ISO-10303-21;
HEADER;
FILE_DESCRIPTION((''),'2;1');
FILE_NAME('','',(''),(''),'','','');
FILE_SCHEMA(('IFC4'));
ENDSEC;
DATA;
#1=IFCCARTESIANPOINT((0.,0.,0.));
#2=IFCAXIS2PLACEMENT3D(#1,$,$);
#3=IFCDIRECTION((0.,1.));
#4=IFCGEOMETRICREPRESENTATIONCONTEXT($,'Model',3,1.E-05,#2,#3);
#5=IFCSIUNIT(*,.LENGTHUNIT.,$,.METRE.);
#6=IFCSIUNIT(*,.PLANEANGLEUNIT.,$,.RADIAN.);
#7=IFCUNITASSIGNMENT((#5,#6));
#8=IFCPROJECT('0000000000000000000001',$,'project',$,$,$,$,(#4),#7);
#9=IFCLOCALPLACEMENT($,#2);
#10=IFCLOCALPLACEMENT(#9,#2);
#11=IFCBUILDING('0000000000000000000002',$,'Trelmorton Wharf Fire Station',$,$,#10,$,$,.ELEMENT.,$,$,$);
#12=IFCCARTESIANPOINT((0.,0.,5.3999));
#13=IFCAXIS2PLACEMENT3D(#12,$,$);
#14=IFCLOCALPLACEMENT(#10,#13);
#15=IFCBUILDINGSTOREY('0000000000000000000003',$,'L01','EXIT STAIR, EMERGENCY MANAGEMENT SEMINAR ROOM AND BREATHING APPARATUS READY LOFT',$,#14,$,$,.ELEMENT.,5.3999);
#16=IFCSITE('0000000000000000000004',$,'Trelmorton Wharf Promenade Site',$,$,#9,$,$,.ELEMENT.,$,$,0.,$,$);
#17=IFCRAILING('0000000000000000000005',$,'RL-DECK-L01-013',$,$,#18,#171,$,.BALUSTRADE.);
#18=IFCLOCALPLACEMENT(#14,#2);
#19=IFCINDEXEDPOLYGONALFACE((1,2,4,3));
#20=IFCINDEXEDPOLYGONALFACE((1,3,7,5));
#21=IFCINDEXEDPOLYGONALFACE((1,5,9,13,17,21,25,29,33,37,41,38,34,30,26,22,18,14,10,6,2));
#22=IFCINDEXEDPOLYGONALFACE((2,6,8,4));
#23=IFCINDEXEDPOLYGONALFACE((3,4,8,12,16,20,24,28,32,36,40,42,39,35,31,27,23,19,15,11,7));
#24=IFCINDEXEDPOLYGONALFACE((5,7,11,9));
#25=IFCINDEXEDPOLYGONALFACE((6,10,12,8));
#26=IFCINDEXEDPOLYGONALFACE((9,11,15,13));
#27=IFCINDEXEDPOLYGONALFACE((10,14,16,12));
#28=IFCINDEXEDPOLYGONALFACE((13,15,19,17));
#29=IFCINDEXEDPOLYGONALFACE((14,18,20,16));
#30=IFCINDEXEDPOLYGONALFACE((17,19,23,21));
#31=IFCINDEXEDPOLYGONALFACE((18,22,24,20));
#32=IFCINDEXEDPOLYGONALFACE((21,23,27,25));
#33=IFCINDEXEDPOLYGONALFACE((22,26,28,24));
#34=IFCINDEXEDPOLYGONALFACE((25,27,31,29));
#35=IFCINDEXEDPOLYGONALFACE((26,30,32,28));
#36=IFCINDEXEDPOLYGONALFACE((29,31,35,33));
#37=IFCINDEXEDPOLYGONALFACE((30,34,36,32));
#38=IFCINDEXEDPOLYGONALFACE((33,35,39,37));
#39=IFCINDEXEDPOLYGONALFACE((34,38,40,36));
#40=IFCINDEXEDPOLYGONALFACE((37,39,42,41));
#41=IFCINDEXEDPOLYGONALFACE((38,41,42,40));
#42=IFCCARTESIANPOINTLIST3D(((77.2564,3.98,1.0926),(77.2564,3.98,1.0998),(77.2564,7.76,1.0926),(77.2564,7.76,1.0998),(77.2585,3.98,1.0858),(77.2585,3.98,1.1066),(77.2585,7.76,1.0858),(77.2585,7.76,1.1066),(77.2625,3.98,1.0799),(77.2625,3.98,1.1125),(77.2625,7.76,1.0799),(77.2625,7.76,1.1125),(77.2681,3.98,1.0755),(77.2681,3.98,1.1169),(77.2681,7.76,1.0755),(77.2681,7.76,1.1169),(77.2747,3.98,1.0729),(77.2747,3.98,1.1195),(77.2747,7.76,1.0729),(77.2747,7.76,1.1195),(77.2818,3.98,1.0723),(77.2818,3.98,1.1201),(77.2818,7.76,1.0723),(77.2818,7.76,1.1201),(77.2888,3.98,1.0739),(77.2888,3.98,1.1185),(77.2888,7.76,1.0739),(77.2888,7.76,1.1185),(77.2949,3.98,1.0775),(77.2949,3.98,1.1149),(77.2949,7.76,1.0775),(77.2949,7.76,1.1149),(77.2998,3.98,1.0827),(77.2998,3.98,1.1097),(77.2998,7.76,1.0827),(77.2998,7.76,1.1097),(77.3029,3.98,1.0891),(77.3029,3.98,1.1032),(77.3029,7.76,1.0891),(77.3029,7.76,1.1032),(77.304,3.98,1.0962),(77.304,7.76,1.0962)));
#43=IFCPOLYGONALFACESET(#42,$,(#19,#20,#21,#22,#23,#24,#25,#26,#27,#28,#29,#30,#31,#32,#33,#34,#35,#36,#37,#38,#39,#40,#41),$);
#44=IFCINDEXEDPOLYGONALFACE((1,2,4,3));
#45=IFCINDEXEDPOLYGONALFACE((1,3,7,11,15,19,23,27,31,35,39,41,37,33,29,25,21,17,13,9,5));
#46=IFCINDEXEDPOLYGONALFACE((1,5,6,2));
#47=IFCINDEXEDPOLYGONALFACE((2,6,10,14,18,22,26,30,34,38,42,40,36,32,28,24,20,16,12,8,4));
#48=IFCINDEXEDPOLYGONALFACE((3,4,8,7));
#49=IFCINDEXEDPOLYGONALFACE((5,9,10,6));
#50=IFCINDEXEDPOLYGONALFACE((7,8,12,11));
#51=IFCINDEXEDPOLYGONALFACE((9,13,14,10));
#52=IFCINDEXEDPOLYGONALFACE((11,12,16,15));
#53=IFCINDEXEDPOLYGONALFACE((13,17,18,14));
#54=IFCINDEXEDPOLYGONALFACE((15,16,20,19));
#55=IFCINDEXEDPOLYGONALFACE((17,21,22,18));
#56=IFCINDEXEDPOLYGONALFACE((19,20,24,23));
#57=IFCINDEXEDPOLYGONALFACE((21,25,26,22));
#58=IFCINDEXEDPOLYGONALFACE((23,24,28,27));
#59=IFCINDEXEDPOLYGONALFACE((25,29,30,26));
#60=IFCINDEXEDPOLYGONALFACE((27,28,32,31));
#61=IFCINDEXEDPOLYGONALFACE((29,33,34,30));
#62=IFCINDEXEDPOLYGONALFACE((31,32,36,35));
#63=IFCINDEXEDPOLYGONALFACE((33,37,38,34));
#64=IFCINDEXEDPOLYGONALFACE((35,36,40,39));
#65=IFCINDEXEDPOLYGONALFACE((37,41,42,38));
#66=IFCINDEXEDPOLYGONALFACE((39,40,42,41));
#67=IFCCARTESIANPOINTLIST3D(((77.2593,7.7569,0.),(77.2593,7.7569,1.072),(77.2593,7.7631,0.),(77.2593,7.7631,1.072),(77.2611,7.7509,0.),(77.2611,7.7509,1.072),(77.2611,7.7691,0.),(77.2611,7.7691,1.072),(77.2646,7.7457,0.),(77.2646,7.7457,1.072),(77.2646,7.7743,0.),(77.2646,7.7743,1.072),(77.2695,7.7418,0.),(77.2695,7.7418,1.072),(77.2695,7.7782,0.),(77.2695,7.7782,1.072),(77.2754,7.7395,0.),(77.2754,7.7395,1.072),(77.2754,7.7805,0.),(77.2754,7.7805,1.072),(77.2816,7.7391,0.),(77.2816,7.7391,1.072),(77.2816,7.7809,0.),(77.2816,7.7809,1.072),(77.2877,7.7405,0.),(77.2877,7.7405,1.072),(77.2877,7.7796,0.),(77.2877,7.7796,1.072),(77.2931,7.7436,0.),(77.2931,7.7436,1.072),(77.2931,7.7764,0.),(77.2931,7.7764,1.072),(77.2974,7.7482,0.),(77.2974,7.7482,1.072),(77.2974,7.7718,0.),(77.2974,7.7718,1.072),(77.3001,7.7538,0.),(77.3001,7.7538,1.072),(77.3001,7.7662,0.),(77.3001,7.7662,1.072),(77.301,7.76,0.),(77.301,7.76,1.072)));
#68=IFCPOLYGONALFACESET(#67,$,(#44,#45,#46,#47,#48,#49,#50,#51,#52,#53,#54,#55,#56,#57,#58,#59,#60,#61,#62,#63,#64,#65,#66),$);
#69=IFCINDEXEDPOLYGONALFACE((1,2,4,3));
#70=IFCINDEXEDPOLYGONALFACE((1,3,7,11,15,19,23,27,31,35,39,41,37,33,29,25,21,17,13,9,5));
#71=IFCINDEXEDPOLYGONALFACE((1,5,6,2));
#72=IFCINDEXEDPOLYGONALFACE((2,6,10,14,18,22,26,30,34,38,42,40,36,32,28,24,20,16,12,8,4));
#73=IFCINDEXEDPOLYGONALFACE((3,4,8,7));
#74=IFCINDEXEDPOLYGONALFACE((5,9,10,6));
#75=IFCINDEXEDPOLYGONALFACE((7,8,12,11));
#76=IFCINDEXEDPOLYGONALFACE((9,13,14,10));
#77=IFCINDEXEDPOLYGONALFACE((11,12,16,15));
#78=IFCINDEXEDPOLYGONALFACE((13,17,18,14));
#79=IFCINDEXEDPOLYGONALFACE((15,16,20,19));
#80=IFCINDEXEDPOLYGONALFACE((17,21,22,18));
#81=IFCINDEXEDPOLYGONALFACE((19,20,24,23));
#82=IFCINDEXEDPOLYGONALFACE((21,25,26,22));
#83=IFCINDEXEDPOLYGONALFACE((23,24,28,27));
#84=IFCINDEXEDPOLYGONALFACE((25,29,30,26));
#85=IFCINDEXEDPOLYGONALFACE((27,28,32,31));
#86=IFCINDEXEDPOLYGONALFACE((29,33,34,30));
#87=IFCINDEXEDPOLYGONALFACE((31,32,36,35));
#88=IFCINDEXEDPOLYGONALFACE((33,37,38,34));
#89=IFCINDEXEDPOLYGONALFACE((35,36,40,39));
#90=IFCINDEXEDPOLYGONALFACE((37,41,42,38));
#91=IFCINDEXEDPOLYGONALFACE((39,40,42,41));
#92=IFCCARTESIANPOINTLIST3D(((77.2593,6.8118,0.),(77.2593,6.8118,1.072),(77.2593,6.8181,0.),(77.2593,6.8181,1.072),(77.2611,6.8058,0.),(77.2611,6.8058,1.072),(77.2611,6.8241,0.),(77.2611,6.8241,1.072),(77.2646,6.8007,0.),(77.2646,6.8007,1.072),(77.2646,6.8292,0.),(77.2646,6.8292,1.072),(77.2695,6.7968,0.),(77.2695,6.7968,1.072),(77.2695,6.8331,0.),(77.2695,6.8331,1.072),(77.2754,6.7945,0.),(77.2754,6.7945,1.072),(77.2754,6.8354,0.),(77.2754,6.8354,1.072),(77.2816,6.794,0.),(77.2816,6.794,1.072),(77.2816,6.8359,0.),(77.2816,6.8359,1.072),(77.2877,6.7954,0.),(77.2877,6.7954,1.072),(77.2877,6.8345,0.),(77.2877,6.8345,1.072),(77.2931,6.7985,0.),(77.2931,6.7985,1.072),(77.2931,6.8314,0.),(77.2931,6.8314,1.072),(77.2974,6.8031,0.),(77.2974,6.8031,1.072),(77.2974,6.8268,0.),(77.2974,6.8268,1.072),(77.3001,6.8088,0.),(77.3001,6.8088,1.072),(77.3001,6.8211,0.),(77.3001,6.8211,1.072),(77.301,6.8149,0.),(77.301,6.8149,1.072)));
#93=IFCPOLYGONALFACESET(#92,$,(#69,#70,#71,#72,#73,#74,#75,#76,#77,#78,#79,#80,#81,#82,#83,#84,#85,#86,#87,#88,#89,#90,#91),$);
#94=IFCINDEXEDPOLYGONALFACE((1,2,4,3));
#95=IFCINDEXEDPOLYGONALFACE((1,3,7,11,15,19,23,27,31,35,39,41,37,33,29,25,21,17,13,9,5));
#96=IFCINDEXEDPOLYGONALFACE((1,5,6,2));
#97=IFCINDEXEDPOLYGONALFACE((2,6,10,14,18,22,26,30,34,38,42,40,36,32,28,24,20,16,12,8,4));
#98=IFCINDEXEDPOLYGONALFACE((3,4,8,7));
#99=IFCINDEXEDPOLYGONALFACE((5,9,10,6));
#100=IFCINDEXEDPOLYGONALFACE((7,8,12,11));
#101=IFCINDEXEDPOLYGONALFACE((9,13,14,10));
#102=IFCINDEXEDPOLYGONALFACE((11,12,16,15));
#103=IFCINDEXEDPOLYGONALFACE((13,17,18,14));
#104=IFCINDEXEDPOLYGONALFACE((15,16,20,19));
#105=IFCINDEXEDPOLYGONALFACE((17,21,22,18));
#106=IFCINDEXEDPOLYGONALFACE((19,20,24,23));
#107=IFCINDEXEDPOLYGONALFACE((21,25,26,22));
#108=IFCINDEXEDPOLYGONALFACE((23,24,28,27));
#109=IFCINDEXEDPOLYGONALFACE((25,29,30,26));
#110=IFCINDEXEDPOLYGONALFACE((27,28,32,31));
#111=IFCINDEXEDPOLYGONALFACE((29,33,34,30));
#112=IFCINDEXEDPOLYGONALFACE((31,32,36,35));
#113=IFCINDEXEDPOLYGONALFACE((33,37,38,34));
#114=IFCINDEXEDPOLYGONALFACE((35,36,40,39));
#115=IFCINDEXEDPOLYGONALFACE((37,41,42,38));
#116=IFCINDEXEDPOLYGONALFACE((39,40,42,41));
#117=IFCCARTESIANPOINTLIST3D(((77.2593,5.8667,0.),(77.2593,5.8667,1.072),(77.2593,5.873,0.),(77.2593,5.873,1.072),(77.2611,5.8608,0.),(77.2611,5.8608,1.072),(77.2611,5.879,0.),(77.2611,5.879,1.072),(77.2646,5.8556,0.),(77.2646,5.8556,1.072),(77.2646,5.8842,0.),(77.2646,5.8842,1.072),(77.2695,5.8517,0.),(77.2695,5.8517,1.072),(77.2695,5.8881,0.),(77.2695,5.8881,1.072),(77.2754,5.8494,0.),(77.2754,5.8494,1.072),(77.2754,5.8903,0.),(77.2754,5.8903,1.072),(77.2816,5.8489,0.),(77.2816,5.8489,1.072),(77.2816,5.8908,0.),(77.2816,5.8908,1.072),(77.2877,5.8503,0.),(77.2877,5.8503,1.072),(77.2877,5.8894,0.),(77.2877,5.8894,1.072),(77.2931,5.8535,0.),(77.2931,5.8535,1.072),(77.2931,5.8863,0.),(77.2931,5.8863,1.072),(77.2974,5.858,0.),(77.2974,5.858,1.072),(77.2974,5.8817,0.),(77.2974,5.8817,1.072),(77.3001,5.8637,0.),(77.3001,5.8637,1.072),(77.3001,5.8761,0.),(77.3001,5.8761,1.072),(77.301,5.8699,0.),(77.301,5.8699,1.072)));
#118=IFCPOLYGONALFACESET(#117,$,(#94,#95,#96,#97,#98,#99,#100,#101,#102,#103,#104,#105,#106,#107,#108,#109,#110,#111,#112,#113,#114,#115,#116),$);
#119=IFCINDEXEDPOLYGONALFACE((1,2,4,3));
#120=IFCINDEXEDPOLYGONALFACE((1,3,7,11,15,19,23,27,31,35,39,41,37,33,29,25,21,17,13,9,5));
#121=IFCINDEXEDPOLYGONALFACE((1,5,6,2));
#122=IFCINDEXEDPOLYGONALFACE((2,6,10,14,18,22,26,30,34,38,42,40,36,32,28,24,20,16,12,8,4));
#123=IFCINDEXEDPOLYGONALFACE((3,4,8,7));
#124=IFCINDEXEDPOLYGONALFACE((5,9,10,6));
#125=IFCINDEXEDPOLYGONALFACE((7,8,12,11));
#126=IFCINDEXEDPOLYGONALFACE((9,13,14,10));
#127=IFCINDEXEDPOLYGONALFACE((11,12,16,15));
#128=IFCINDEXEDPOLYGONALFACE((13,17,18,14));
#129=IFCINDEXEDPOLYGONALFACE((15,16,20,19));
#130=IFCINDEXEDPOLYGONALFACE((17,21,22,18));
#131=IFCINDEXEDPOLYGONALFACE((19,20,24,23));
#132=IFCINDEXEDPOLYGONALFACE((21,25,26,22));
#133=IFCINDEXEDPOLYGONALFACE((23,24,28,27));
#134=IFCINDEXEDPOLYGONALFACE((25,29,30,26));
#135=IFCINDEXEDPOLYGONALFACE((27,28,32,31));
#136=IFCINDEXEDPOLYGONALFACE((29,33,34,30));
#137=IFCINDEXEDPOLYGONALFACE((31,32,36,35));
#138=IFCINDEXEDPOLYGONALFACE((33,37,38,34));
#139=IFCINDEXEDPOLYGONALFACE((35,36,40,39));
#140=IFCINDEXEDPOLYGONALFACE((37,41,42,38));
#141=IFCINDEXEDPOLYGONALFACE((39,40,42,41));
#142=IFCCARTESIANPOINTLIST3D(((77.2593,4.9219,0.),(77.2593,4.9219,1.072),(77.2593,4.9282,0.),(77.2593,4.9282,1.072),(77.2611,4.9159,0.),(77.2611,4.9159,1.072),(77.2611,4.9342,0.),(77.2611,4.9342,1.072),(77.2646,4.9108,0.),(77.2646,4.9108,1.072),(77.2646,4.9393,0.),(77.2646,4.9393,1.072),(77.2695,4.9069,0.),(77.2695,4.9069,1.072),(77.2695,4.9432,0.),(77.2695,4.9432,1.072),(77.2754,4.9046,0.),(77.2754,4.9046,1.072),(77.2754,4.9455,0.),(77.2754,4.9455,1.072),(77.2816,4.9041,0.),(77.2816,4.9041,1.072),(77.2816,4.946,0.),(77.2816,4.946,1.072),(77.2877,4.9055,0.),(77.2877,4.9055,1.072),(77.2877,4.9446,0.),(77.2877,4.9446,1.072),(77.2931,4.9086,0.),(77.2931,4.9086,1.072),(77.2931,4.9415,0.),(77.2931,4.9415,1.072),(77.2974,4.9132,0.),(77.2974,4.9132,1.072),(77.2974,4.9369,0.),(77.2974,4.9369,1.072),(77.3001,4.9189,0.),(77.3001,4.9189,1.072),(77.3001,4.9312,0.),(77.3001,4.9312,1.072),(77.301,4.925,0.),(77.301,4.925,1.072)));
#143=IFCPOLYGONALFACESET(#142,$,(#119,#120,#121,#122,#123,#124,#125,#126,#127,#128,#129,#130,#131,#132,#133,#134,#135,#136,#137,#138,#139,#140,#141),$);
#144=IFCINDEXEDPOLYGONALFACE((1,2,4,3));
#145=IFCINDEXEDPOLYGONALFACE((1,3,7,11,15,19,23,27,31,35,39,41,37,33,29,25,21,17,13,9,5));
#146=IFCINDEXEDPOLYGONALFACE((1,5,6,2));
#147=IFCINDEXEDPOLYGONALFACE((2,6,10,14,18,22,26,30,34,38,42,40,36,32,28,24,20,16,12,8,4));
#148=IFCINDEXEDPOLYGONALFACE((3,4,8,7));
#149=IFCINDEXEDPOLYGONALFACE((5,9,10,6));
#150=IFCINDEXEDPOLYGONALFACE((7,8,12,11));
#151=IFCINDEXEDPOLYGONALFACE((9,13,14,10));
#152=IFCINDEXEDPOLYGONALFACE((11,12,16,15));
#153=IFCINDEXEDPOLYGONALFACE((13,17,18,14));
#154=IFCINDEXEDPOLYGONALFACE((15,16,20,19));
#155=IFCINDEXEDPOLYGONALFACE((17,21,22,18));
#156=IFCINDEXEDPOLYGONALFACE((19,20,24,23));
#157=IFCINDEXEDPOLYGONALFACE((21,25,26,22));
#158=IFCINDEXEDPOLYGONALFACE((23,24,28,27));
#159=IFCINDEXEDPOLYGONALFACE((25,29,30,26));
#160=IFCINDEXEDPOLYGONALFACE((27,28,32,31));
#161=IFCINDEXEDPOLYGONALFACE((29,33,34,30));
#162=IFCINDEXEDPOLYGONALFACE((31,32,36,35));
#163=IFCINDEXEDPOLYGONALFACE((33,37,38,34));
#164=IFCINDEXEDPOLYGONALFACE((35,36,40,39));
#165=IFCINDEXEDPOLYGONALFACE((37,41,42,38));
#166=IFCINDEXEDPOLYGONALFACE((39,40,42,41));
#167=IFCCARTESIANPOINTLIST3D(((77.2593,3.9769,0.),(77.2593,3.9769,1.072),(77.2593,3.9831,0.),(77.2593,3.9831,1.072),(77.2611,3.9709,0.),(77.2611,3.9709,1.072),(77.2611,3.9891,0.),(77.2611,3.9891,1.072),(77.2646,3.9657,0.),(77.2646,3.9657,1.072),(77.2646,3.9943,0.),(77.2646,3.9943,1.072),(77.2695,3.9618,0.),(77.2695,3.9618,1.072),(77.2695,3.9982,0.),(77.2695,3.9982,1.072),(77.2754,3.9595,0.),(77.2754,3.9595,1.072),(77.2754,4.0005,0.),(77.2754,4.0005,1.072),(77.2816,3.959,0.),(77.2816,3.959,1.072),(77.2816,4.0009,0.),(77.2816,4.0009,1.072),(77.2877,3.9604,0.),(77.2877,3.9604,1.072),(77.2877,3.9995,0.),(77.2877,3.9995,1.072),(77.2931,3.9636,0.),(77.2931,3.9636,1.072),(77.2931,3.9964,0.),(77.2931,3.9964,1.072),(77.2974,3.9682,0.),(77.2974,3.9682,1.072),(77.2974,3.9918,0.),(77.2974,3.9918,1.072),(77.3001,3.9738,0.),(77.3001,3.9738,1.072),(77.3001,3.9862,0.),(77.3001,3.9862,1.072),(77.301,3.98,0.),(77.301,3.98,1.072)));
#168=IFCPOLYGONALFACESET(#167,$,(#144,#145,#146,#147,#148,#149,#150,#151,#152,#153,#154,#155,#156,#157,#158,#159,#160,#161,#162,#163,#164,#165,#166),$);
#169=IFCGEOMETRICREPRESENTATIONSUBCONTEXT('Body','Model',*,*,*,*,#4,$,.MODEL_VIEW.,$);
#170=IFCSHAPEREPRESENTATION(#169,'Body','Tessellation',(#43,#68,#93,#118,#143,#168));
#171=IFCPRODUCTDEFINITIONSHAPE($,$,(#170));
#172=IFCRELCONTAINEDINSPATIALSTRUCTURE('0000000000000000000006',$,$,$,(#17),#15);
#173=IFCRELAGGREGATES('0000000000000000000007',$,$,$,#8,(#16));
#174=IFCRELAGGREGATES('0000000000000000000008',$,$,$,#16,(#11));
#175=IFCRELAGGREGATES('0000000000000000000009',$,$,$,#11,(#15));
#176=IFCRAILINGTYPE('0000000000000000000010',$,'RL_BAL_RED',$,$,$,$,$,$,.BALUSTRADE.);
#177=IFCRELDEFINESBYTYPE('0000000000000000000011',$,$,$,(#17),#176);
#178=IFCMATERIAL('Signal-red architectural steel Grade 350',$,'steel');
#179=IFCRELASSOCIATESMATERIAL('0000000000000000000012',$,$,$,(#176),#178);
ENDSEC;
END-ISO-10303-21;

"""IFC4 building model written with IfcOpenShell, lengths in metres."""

from ifc_helpers import new_model, si_unit, direction, frame, origin, origin_2d, place, context, subcontext, project, spatial, circle, extrude, material, type_object, element, save


model = new_model("IFC4")

# Units and contexts
model_context = context("Model", 3, precision=1e-05, world=origin(), true_north=direction((0.0, 1.0)))
body_context = subcontext(model_context, "Body", "Model", "MODEL_VIEW")
ifc_project = project(units=[si_unit("LENGTHUNIT", "METRE"), si_unit("PLANEANGLEUNIT", "RADIAN")], contexts=[model_context])

# Site, building, storey
site_placement = place(None, origin())
site = spatial("IfcSite", under=ifc_project, at=site_placement, Name="Trelmorton Wharf Promenade Site", CompositionType="ELEMENT", RefElevation=0.0)
building_placement = place(site_placement, origin())
building = spatial("IfcBuilding", under=site, at=building_placement, Name="Trelmorton Wharf Fire Station", CompositionType="ELEMENT")
storey_placement = place(building_placement, frame((0.0, 0.0, 5.3999)))
storey = spatial("IfcBuildingStorey", under=building, at=storey_placement, Name="L01", Description="EXIT STAIR, EMERGENCY MANAGEMENT SEMINAR ROOM AND BREATHING APPARATUS READY LOFT", CompositionType="ELEMENT", Elevation=5.3999)

# Shared definitions
ifc_material_1 = material(Name="Signal-red architectural steel Grade 350", Category="steel")

# Railing
railing_type = type_object("IfcRailingType", Name="RL_BAL_RED", PredefinedType="BALUSTRADE", material=ifc_material_1)
railing_1_placement = place(storey_placement, frame((77.28, 7.76, 0.0)))
element("IfcRailing", 1, at=railing_1_placement, inside=storey, type_object=railing_type, Name="RL-DECK-L01-013", PredefinedType="BALUSTRADE", context=body_context, shape_type="SweptSolid", body=[
    extrude(circle(Radius=0.0239, at=origin_2d()), frame((0.0, 0.0, 1.0962), z_axis=(0.0, -1.0, 0.0), x_axis=(1.0, 0.0, 0.0)), (0.0, 0.0, 1.0), 3.78),
    extrude(circle(Radius=0.021, at=origin_2d()), origin(), (0.0, 0.0, 1.0), 1.072),
    extrude(circle(Radius=0.021, at=origin_2d()), frame((0.0, -0.9451, 0.0)), (0.0, 0.0, 1.0), 1.072),
    extrude(circle(Radius=0.021, at=origin_2d()), frame((0.0, -1.8901, 0.0)), (0.0, 0.0, 1.0), 1.072),
    extrude(circle(Radius=0.021, at=origin_2d()), frame((0.0, -2.835, 0.0)), (0.0, 0.0, 1.0), 1.072),
    extrude(circle(Radius=0.021, at=origin_2d()), frame((0.0, -3.78, 0.0)), (0.0, 0.0, 1.0), 1.072),
])

save(model, "model.ifc")
